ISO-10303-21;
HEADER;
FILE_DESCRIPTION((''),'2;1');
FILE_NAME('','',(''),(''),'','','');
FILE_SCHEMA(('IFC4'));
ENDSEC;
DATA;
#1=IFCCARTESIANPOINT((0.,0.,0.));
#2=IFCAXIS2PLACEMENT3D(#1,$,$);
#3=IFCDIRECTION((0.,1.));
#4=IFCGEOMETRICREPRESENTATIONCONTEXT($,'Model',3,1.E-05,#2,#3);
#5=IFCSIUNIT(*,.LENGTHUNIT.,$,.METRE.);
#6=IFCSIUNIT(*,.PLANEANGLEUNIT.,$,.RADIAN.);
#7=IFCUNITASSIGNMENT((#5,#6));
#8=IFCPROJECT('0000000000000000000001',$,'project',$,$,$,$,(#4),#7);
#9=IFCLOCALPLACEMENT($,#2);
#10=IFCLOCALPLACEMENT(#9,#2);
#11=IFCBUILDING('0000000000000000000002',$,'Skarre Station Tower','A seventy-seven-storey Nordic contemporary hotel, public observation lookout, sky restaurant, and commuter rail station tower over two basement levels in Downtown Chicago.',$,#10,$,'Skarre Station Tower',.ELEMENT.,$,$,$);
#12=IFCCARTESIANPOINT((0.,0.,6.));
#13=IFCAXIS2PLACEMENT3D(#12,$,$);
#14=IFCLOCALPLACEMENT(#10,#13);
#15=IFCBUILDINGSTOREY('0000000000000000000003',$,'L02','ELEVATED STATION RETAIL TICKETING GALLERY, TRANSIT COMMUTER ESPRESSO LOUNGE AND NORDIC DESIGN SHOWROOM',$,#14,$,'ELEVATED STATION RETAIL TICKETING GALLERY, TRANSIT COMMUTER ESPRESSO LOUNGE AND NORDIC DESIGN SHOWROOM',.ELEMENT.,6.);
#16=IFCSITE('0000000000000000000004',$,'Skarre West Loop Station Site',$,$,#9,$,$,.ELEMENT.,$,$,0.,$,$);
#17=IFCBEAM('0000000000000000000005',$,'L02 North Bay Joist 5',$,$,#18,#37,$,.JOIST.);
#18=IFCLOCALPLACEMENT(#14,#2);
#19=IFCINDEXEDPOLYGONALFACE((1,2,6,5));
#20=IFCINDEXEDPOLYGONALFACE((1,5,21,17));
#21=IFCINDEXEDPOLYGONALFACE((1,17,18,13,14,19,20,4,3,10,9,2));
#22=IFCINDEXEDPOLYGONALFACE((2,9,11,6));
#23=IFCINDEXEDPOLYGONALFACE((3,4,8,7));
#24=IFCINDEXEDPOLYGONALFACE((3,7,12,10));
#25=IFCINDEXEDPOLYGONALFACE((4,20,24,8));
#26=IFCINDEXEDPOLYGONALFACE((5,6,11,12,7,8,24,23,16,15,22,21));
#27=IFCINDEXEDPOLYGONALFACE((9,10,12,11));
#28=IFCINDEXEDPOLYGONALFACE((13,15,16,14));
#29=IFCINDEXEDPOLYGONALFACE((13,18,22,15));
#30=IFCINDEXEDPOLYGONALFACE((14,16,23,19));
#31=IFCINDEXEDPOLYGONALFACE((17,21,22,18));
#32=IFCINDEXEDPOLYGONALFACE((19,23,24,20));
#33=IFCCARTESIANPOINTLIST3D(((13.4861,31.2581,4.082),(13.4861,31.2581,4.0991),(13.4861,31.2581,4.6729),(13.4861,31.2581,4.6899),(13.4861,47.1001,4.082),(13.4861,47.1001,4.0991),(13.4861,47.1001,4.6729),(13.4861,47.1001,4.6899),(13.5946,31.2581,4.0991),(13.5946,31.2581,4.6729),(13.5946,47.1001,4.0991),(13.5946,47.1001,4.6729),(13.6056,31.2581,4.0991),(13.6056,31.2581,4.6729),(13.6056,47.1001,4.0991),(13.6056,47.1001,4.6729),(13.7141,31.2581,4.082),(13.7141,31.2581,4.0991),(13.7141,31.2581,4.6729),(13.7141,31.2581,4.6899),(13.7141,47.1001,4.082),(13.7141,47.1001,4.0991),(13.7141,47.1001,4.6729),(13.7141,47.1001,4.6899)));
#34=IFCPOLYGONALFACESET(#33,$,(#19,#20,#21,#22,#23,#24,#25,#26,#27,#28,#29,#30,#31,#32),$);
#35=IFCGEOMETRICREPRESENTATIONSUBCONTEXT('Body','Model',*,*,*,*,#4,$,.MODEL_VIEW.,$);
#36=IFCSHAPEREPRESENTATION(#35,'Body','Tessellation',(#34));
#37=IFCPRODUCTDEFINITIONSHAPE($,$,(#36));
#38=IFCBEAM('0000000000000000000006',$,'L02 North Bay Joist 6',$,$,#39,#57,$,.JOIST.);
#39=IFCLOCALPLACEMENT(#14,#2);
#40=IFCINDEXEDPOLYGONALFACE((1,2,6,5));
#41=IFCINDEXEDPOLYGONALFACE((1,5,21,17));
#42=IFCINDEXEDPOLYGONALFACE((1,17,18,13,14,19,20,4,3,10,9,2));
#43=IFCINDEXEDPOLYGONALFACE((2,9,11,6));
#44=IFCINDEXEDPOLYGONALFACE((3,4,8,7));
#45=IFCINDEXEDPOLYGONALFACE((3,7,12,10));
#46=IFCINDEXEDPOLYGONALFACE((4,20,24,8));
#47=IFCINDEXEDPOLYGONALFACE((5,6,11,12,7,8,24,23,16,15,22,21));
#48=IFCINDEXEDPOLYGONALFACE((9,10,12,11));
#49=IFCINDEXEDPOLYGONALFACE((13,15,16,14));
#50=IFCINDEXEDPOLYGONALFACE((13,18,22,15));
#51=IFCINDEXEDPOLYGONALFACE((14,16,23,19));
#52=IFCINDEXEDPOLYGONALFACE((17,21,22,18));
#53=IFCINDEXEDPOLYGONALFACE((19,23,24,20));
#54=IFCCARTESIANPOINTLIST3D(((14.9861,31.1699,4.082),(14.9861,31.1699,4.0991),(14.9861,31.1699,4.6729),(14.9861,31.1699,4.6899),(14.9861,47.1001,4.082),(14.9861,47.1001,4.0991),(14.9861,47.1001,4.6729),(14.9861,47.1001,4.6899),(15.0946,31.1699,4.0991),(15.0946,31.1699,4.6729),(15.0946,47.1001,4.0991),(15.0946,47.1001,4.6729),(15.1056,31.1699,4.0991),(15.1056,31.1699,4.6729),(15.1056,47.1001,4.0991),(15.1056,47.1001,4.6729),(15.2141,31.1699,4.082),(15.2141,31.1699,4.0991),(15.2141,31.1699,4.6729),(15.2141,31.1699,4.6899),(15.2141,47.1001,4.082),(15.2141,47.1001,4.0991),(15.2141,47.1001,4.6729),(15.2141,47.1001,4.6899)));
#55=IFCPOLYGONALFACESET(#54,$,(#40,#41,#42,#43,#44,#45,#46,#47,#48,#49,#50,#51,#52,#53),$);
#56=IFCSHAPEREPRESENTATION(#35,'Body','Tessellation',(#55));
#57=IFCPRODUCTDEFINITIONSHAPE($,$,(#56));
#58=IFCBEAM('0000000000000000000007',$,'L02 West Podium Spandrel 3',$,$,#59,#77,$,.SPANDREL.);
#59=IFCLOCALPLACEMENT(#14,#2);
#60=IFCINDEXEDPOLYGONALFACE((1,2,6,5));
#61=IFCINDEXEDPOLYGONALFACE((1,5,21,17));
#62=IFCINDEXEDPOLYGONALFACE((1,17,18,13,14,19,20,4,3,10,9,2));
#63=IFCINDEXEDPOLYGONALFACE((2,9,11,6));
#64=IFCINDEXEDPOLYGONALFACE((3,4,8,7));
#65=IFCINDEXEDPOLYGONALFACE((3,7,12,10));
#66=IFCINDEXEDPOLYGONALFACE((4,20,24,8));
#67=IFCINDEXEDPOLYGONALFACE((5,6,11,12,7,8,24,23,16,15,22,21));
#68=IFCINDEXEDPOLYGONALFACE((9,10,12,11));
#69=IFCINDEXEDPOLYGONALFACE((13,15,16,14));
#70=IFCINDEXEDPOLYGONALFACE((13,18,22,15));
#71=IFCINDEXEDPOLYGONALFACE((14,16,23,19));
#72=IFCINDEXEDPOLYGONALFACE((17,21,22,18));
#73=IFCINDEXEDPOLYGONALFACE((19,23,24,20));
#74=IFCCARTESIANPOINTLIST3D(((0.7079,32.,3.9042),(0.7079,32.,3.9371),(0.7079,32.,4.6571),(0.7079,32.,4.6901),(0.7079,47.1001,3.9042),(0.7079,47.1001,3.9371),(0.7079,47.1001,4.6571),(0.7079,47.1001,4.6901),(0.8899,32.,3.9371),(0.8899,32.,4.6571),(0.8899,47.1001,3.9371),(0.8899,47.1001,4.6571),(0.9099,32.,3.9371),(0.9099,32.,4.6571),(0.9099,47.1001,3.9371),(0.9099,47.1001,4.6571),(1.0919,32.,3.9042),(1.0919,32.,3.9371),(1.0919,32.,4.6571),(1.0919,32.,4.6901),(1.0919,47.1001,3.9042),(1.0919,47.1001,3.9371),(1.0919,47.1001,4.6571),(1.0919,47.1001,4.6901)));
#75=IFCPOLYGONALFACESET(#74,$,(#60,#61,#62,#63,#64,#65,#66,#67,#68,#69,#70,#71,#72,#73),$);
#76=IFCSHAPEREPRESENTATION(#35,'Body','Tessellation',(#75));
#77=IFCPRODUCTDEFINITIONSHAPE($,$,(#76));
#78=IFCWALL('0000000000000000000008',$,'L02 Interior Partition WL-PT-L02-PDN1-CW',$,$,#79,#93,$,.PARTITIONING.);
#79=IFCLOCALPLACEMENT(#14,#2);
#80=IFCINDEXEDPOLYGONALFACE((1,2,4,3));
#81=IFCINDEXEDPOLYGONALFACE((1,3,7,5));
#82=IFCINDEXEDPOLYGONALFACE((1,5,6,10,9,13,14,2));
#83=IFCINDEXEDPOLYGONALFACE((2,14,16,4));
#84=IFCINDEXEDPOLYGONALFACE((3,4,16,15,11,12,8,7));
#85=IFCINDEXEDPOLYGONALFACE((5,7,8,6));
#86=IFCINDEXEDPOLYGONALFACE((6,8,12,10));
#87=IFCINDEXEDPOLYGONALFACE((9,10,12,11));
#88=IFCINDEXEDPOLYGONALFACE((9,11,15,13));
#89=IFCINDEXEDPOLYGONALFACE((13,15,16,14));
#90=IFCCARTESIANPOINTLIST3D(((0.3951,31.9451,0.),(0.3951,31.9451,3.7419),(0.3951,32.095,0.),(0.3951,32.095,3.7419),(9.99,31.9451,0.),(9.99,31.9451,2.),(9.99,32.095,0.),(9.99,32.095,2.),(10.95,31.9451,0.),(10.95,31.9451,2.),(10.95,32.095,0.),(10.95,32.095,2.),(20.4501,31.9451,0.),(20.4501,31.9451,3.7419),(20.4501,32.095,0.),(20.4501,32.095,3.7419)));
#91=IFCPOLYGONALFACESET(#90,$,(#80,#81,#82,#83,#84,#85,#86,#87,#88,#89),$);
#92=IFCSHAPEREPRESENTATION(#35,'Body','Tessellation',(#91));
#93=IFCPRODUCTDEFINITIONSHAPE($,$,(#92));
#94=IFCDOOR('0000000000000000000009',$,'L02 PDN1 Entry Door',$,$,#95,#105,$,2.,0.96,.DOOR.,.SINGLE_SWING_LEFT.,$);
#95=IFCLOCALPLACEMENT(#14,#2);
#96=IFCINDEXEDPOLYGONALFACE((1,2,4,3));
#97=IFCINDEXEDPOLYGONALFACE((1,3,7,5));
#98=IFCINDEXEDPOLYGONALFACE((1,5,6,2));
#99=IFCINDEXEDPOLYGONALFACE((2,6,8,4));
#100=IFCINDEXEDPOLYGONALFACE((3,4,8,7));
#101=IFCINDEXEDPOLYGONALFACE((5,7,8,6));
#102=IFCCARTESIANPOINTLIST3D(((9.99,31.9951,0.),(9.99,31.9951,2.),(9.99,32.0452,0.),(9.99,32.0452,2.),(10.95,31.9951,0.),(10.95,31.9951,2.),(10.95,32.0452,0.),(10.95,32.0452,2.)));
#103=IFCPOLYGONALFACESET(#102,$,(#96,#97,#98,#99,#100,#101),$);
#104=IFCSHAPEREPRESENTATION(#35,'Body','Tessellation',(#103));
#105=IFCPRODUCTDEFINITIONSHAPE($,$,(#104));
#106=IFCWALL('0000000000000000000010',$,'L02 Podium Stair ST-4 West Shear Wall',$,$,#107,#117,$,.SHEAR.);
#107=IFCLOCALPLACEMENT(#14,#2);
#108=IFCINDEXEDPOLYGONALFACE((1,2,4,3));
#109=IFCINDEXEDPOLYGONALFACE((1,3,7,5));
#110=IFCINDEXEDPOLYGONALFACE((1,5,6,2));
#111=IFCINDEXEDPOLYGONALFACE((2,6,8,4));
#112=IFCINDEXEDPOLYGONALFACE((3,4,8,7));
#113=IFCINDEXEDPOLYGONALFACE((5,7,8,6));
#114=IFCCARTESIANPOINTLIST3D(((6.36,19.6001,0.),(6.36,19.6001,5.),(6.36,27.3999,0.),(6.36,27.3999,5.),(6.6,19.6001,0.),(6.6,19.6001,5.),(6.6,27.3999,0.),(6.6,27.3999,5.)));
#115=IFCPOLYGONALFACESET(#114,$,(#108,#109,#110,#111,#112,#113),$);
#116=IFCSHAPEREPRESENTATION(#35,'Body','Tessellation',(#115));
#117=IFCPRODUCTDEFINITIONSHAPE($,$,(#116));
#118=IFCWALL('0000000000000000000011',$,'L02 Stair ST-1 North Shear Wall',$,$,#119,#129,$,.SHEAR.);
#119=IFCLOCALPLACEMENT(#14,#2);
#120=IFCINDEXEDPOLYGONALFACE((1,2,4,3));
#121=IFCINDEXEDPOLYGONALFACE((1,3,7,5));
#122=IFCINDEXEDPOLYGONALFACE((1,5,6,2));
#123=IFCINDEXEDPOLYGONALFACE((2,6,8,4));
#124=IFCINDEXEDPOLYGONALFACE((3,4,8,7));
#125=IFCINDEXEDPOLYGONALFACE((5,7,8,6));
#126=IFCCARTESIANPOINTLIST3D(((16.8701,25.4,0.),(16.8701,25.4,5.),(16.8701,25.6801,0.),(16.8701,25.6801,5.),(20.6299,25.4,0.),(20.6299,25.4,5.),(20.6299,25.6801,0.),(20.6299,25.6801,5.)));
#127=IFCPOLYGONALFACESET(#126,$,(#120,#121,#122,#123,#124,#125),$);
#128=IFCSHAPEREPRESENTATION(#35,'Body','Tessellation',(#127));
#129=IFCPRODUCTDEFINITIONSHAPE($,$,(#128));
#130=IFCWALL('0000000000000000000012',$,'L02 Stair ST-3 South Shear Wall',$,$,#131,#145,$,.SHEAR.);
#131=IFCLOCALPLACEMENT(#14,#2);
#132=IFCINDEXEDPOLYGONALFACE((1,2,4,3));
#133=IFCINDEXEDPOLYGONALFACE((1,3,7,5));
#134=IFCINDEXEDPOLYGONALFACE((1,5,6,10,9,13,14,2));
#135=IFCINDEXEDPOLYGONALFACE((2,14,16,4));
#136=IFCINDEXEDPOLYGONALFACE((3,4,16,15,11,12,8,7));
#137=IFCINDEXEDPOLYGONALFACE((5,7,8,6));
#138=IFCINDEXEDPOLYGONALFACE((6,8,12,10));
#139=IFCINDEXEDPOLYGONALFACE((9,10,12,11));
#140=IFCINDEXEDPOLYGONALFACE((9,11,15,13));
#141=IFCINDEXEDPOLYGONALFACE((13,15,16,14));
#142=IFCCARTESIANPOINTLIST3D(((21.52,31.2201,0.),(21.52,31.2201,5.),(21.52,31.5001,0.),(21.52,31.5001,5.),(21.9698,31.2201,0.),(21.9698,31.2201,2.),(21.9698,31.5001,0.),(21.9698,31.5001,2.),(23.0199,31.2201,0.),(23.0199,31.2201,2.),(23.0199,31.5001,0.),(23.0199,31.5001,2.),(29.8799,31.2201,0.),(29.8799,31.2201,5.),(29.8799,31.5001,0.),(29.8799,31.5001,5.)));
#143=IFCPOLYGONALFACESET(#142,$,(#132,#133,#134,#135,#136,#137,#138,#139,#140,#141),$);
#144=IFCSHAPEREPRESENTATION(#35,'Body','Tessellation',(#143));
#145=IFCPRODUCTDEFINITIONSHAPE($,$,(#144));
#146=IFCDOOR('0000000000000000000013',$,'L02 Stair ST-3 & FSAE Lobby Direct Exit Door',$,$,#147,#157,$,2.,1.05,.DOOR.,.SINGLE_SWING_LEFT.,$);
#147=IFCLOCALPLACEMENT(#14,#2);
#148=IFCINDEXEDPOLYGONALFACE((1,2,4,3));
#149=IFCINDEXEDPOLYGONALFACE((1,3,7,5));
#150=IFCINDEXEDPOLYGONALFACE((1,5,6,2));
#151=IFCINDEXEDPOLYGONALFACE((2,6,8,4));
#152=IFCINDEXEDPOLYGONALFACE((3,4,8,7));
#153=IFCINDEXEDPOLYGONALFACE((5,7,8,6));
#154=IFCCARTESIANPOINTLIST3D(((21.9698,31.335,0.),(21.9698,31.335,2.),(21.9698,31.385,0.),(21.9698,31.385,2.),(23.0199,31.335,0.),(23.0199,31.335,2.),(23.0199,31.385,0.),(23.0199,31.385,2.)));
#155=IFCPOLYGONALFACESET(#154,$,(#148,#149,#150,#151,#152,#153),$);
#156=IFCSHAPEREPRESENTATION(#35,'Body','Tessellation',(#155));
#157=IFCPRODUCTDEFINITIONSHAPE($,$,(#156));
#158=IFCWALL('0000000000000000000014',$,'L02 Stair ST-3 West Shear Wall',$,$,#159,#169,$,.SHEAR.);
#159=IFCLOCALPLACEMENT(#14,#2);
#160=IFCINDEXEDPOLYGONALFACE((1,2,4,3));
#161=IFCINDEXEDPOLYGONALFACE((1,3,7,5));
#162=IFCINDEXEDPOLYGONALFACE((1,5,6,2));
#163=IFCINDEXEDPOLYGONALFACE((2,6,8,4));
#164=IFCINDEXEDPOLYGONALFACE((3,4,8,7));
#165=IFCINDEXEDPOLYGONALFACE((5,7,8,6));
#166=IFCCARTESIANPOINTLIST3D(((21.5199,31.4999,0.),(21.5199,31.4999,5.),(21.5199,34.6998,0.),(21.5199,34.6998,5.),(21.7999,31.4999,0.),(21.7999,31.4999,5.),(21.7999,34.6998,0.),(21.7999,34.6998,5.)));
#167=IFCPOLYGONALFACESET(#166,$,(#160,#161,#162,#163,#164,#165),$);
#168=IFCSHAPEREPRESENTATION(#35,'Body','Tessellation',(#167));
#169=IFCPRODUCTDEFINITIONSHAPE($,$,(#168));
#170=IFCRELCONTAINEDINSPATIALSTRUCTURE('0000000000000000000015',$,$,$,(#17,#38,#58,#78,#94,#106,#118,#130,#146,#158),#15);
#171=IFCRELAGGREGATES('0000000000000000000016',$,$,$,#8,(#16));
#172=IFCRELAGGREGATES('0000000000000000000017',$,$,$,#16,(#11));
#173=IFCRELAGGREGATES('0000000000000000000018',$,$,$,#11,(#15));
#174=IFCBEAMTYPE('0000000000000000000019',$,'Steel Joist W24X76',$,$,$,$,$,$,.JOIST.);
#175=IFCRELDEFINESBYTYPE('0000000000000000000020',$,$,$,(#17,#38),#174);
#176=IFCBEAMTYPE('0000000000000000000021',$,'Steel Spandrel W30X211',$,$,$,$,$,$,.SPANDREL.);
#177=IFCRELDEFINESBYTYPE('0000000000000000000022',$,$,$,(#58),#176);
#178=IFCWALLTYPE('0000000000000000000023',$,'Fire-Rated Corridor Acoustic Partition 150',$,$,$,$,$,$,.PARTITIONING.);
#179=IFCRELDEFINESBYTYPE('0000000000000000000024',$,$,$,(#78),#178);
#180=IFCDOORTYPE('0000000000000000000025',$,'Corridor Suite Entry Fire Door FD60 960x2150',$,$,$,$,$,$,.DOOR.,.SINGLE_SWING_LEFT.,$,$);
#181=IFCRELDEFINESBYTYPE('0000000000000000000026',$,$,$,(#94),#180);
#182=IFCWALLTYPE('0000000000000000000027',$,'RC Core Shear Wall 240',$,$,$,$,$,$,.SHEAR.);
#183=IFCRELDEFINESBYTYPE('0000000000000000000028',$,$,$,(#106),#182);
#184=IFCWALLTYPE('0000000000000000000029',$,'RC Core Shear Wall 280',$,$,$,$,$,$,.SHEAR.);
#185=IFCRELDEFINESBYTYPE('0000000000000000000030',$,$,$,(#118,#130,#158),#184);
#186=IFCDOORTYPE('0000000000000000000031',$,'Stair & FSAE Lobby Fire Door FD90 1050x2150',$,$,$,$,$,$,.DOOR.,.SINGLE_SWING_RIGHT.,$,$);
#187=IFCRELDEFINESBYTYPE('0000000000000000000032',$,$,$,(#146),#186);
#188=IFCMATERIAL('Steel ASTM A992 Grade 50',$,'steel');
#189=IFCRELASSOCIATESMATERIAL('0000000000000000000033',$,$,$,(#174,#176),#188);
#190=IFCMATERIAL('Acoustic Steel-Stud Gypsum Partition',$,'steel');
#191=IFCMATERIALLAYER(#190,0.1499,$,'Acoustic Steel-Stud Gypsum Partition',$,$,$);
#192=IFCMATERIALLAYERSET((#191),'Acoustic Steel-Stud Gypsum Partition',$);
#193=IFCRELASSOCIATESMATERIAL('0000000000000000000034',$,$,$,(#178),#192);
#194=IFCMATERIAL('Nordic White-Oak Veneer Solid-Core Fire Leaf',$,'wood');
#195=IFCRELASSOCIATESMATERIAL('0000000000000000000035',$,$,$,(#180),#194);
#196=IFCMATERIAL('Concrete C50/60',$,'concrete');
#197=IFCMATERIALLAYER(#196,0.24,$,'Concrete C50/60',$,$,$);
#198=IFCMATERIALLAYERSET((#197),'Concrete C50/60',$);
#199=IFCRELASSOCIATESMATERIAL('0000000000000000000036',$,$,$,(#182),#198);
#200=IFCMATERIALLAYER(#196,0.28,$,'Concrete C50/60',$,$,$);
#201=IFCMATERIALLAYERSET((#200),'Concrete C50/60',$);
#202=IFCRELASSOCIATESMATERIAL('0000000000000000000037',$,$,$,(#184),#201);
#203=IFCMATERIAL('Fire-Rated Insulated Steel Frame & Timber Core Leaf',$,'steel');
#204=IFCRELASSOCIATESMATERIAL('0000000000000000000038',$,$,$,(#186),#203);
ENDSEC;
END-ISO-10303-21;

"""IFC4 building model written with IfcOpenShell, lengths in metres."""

from ifc_helpers import new_model, si_unit, direction, frame, frame_2d, origin, origin_2d, place, context, subcontext, project, spatial, rectangle, i_section, extrude, material, layer, layer_set, material_profile, profile_set, type_object, element, fill, save


model = new_model("IFC4")

# Units and contexts
model_context = context("Model", 3, precision=1e-05, world=origin(), true_north=direction((0.0, 1.0)))
body_context = subcontext(model_context, "Body", "Model", "MODEL_VIEW")
ifc_project = project(units=[si_unit("LENGTHUNIT", "METRE"), si_unit("PLANEANGLEUNIT", "RADIAN")], contexts=[model_context])

# Site, building, storey
site_placement = place(None, origin())
site = spatial("IfcSite", under=ifc_project, at=site_placement, Name="Skarre West Loop Station Site", CompositionType="ELEMENT", RefElevation=0.0)
building_placement = place(site_placement, origin())
building = spatial("IfcBuilding", under=site, at=building_placement, Name="Skarre Station Tower", Description="A seventy-seven-storey Nordic contemporary hotel, public observation lookout, sky restaurant, and commuter rail station tower over two basement levels in Downtown Chicago.", LongName="Skarre Station Tower", CompositionType="ELEMENT")
storey_placement = place(building_placement, frame((0.0, 0.0, 6.0)))
storey = spatial("IfcBuildingStorey", under=building, at=storey_placement, Name="L02", Description="ELEVATED STATION RETAIL TICKETING GALLERY, TRANSIT COMMUTER ESPRESSO LOUNGE AND NORDIC DESIGN SHOWROOM", LongName="ELEVATED STATION RETAIL TICKETING GALLERY, TRANSIT COMMUTER ESPRESSO LOUNGE AND NORDIC DESIGN SHOWROOM", CompositionType="ELEMENT", Elevation=6.0)

# Beams
ifc_material_1 = material(Name="Steel ASTM A992 Grade 50", Category="steel")
ifc_material_profile_1 = material_profile(ifc_material_1, i_section(OverallWidth=0.228, OverallDepth=0.6079, WebThickness=0.011, FlangeThickness=0.0171, at=origin_2d()), Name="Steel ASTM A992 Grade 50")
ifc_profile_set_1 = profile_set([ifc_material_profile_1], Name="Steel ASTM A992 Grade 50")
beam_type_1 = type_object("IfcBeamType", Name="Steel Joist W24X76", PredefinedType="JOIST", material=ifc_profile_set_1)
beam_1_placement = place(storey_placement, frame((13.6001, 31.2581, 4.386), z_axis=(0.0, 1.0, 0.0), x_axis=(-1.0, 0.0, 0.0)))
element("IfcBeam", 1, at=beam_1_placement, inside=storey, type_object=beam_type_1, Name="L02 North Bay Joist 5", PredefinedType="JOIST", context=body_context, shape_type="SweptSolid", body=[
    extrude(i_section(OverallWidth=0.228, OverallDepth=0.6079, WebThickness=0.011, FlangeThickness=0.0171, at=origin_2d()), origin(), (0.0, 0.0, 1.0), 15.842),
])
beam_2_placement = place(storey_placement, frame((15.1001, 31.1699, 4.386), z_axis=(0.0, 1.0, 0.0), x_axis=(-1.0, 0.0, 0.0)))
element("IfcBeam", 2, at=beam_2_placement, inside=storey, type_object=beam_type_1, Name="L02 North Bay Joist 6", PredefinedType="JOIST", context=body_context, shape_type="SweptSolid", body=[
    extrude(i_section(OverallWidth=0.228, OverallDepth=0.6079, WebThickness=0.011, FlangeThickness=0.0171, at=origin_2d()), origin(), (0.0, 0.0, 1.0), 15.9302),
])
ifc_material_profile_2 = material_profile(ifc_material_1, i_section(OverallWidth=0.384, OverallDepth=0.7859, WebThickness=0.02, FlangeThickness=0.033, at=origin_2d()), Name="Steel ASTM A992 Grade 50")
ifc_profile_set_2 = profile_set([ifc_material_profile_2], Name="Steel ASTM A992 Grade 50")
beam_type_2 = type_object("IfcBeamType", Name="Steel Spandrel W30X211", PredefinedType="SPANDREL", material=ifc_profile_set_2)
beam_3_placement = place(storey_placement, frame((0.8999, 32.0, 4.2971), z_axis=(0.0, 1.0, 0.0), x_axis=(-1.0, 0.0, 0.0)))
element("IfcBeam", 3, at=beam_3_placement, inside=storey, type_object=beam_type_2, Name="L02 West Podium Spandrel 3", PredefinedType="SPANDREL", context=body_context, shape_type="SweptSolid", body=[
    extrude(i_section(OverallWidth=0.384, OverallDepth=0.7859, WebThickness=0.02, FlangeThickness=0.033, at=origin_2d()), origin(), (0.0, 0.0, 1.0), 15.1001),
])

# Wall, opening, door
ifc_material_2 = material(Name="Acoustic Steel-Stud Gypsum Partition", Category="steel")
ifc_layer_1 = layer(ifc_material_2, 0.1499, Name="Acoustic Steel-Stud Gypsum Partition")
ifc_layer_set_1 = layer_set([ifc_layer_1], Name="Acoustic Steel-Stud Gypsum Partition")
wall_type_1 = type_object("IfcWallType", Name="Fire-Rated Corridor Acoustic Partition 150", PredefinedType="PARTITIONING", material=ifc_layer_set_1)
wall_1_placement = place(storey_placement, frame((20.45, 32.02, 0.0), z_axis=(0.0, 0.0, 1.0), x_axis=(-1.0, 0.0, 0.0)))
wall_1 = element("IfcWall", 4, at=wall_1_placement, inside=storey, type_object=wall_type_1, Name="L02 Interior Partition WL-PT-L02-PDN1-CW", PredefinedType="PARTITIONING", context=body_context, shape_type="SweptSolid", body=[
    extrude(rectangle(XDim=20.0549, YDim=0.1499, at=frame_2d((10.0273, 0.0))), origin(), (0.0, 0.0, 1.0), 3.7419),
])
opening_1_placement = place(wall_1_placement, frame((9.5, 0.0, 0.0)))
opening_1 = element("IfcOpeningElement", 5, at=opening_1_placement, cuts=wall_1, PredefinedType="OPENING", context=body_context, shape_type="SweptSolid", body=[
    extrude(rectangle(XDim=0.96, YDim=2.0, at=frame_2d((0.48, 1.0))), frame((0.0, 0.085, 0.0), z_axis=(0.0, -1.0, 0.0), x_axis=(1.0, 0.0, 0.0)), (0.0, 0.0, 1.0), 0.1699),
])
ifc_material_3 = material(Name="Nordic White-Oak Veneer Solid-Core Fire Leaf", Category="wood")
door_type_1 = type_object("IfcDoorType", Name="Corridor Suite Entry Fire Door FD60 960x2150", OperationType="SINGLE_SWING_LEFT", PredefinedType="DOOR", material=ifc_material_3)
door_1_placement = place(opening_1_placement, origin())
door_1 = element("IfcDoor", 6, at=door_1_placement, inside=storey, type_object=door_type_1, Name="L02 PDN1 Entry Door", OperationType="SINGLE_SWING_LEFT", OverallHeight=2.0, OverallWidth=0.96, PredefinedType="DOOR", context=body_context, shape_type="SweptSolid", body=[
    extrude(rectangle(XDim=0.96, YDim=2.0, at=frame_2d((0.48, 1.0))), frame((0.0, 0.0249, 0.0), z_axis=(0.0, -1.0, 0.0), x_axis=(1.0, 0.0, 0.0)), (0.0, 0.0, 1.0), 0.05),
])
fill(opening_1, door_1)

# Walls
ifc_material_4 = material(Name="Concrete C50/60", Category="concrete")
ifc_layer_2 = layer(ifc_material_4, 0.24, Name="Concrete C50/60")
ifc_layer_set_2 = layer_set([ifc_layer_2], Name="Concrete C50/60")
wall_type_2 = type_object("IfcWallType", Name="RC Core Shear Wall 240", PredefinedType="SHEAR", material=ifc_layer_set_2)
wall_2_placement = place(storey_placement, frame((6.48, 27.3999, 0.0), z_axis=(0.0, 0.0, 1.0), x_axis=(0.0, -1.0, 0.0)))
element("IfcWall", 7, at=wall_2_placement, inside=storey, type_object=wall_type_2, Name="L02 Podium Stair ST-4 West Shear Wall", PredefinedType="SHEAR", context=body_context, shape_type="SweptSolid", body=[
    extrude(rectangle(XDim=7.7998, YDim=0.24, at=frame_2d((3.8999, 0.0))), origin(), (0.0, 0.0, 1.0), 5.0),
])
ifc_layer_3 = layer(ifc_material_4, 0.28, Name="Concrete C50/60")
ifc_layer_set_3 = layer_set([ifc_layer_3], Name="Concrete C50/60")
wall_type_3 = type_object("IfcWallType", Name="RC Core Shear Wall 280", PredefinedType="SHEAR", material=ifc_layer_set_3)
wall_3_placement = place(storey_placement, frame((20.6299, 25.54, 0.0), z_axis=(0.0, 0.0, 1.0), x_axis=(-1.0, 0.0, 0.0)))
element("IfcWall", 8, at=wall_3_placement, inside=storey, type_object=wall_type_3, Name="L02 Stair ST-1 North Shear Wall", PredefinedType="SHEAR", context=body_context, shape_type="SweptSolid", body=[
    extrude(rectangle(XDim=3.7598, YDim=0.28, at=frame_2d((1.8799, 0.0))), origin(), (0.0, 0.0, 1.0), 5.0),
])

# Wall, opening, door
wall_4_placement = place(storey_placement, frame((21.52, 31.3601, 0.0), z_axis=(0.0, 0.0, 1.0), x_axis=(1.0, 0.0, 0.0)))
wall_4 = element("IfcWall", 9, at=wall_4_placement, inside=storey, type_object=wall_type_3, Name="L02 Stair ST-3 South Shear Wall", PredefinedType="SHEAR", context=body_context, shape_type="SweptSolid", body=[
    extrude(rectangle(XDim=8.3599, YDim=0.28, at=frame_2d((4.1799, 0.0))), origin(), (0.0, 0.0, 1.0), 5.0),
])
opening_2_placement = place(wall_4_placement, frame((0.45, 0.0, 0.0)))
opening_2 = element("IfcOpeningElement", 10, at=opening_2_placement, cuts=wall_4, PredefinedType="OPENING", context=body_context, shape_type="SweptSolid", body=[
    extrude(rectangle(XDim=1.05, YDim=2.0, at=frame_2d((0.5249, 1.0))), frame((0.0, 0.1499, 0.0), z_axis=(0.0, -1.0, 0.0), x_axis=(1.0, 0.0, 0.0)), (0.0, 0.0, 1.0), 0.3),
])
ifc_material_5 = material(Name="Fire-Rated Insulated Steel Frame & Timber Core Leaf", Category="steel")
door_type_2 = type_object("IfcDoorType", Name="Stair & FSAE Lobby Fire Door FD90 1050x2150", OperationType="SINGLE_SWING_RIGHT", PredefinedType="DOOR", material=ifc_material_5)
door_2_placement = place(opening_2_placement, origin())
door_2 = element("IfcDoor", 11, at=door_2_placement, inside=storey, type_object=door_type_2, Name="L02 Stair ST-3 & FSAE Lobby Direct Exit Door", OperationType="SINGLE_SWING_LEFT", OverallHeight=2.0, OverallWidth=1.05, PredefinedType="DOOR", context=body_context, shape_type="SweptSolid", body=[
    extrude(rectangle(XDim=1.05, YDim=2.0, at=frame_2d((0.5249, 1.0))), frame((0.0, 0.0249, 0.0), z_axis=(0.0, -1.0, 0.0), x_axis=(1.0, 0.0, 0.0)), (0.0, 0.0, 1.0), 0.05),
])
fill(opening_2, door_2)

# Wall
wall_5_placement = place(storey_placement, frame((21.6599, 34.7, 0.0), z_axis=(0.0, 0.0, 1.0), x_axis=(0.0, -1.0, 0.0)))
element("IfcWall", 12, at=wall_5_placement, inside=storey, type_object=wall_type_3, Name="L02 Stair ST-3 West Shear Wall", PredefinedType="SHEAR", context=body_context, shape_type="SweptSolid", body=[
    extrude(rectangle(XDim=3.2, YDim=0.28, at=frame_2d((1.6001, 0.0))), origin(), (0.0, 0.0, 1.0), 5.0),
])

save(model, "model.ifc")
